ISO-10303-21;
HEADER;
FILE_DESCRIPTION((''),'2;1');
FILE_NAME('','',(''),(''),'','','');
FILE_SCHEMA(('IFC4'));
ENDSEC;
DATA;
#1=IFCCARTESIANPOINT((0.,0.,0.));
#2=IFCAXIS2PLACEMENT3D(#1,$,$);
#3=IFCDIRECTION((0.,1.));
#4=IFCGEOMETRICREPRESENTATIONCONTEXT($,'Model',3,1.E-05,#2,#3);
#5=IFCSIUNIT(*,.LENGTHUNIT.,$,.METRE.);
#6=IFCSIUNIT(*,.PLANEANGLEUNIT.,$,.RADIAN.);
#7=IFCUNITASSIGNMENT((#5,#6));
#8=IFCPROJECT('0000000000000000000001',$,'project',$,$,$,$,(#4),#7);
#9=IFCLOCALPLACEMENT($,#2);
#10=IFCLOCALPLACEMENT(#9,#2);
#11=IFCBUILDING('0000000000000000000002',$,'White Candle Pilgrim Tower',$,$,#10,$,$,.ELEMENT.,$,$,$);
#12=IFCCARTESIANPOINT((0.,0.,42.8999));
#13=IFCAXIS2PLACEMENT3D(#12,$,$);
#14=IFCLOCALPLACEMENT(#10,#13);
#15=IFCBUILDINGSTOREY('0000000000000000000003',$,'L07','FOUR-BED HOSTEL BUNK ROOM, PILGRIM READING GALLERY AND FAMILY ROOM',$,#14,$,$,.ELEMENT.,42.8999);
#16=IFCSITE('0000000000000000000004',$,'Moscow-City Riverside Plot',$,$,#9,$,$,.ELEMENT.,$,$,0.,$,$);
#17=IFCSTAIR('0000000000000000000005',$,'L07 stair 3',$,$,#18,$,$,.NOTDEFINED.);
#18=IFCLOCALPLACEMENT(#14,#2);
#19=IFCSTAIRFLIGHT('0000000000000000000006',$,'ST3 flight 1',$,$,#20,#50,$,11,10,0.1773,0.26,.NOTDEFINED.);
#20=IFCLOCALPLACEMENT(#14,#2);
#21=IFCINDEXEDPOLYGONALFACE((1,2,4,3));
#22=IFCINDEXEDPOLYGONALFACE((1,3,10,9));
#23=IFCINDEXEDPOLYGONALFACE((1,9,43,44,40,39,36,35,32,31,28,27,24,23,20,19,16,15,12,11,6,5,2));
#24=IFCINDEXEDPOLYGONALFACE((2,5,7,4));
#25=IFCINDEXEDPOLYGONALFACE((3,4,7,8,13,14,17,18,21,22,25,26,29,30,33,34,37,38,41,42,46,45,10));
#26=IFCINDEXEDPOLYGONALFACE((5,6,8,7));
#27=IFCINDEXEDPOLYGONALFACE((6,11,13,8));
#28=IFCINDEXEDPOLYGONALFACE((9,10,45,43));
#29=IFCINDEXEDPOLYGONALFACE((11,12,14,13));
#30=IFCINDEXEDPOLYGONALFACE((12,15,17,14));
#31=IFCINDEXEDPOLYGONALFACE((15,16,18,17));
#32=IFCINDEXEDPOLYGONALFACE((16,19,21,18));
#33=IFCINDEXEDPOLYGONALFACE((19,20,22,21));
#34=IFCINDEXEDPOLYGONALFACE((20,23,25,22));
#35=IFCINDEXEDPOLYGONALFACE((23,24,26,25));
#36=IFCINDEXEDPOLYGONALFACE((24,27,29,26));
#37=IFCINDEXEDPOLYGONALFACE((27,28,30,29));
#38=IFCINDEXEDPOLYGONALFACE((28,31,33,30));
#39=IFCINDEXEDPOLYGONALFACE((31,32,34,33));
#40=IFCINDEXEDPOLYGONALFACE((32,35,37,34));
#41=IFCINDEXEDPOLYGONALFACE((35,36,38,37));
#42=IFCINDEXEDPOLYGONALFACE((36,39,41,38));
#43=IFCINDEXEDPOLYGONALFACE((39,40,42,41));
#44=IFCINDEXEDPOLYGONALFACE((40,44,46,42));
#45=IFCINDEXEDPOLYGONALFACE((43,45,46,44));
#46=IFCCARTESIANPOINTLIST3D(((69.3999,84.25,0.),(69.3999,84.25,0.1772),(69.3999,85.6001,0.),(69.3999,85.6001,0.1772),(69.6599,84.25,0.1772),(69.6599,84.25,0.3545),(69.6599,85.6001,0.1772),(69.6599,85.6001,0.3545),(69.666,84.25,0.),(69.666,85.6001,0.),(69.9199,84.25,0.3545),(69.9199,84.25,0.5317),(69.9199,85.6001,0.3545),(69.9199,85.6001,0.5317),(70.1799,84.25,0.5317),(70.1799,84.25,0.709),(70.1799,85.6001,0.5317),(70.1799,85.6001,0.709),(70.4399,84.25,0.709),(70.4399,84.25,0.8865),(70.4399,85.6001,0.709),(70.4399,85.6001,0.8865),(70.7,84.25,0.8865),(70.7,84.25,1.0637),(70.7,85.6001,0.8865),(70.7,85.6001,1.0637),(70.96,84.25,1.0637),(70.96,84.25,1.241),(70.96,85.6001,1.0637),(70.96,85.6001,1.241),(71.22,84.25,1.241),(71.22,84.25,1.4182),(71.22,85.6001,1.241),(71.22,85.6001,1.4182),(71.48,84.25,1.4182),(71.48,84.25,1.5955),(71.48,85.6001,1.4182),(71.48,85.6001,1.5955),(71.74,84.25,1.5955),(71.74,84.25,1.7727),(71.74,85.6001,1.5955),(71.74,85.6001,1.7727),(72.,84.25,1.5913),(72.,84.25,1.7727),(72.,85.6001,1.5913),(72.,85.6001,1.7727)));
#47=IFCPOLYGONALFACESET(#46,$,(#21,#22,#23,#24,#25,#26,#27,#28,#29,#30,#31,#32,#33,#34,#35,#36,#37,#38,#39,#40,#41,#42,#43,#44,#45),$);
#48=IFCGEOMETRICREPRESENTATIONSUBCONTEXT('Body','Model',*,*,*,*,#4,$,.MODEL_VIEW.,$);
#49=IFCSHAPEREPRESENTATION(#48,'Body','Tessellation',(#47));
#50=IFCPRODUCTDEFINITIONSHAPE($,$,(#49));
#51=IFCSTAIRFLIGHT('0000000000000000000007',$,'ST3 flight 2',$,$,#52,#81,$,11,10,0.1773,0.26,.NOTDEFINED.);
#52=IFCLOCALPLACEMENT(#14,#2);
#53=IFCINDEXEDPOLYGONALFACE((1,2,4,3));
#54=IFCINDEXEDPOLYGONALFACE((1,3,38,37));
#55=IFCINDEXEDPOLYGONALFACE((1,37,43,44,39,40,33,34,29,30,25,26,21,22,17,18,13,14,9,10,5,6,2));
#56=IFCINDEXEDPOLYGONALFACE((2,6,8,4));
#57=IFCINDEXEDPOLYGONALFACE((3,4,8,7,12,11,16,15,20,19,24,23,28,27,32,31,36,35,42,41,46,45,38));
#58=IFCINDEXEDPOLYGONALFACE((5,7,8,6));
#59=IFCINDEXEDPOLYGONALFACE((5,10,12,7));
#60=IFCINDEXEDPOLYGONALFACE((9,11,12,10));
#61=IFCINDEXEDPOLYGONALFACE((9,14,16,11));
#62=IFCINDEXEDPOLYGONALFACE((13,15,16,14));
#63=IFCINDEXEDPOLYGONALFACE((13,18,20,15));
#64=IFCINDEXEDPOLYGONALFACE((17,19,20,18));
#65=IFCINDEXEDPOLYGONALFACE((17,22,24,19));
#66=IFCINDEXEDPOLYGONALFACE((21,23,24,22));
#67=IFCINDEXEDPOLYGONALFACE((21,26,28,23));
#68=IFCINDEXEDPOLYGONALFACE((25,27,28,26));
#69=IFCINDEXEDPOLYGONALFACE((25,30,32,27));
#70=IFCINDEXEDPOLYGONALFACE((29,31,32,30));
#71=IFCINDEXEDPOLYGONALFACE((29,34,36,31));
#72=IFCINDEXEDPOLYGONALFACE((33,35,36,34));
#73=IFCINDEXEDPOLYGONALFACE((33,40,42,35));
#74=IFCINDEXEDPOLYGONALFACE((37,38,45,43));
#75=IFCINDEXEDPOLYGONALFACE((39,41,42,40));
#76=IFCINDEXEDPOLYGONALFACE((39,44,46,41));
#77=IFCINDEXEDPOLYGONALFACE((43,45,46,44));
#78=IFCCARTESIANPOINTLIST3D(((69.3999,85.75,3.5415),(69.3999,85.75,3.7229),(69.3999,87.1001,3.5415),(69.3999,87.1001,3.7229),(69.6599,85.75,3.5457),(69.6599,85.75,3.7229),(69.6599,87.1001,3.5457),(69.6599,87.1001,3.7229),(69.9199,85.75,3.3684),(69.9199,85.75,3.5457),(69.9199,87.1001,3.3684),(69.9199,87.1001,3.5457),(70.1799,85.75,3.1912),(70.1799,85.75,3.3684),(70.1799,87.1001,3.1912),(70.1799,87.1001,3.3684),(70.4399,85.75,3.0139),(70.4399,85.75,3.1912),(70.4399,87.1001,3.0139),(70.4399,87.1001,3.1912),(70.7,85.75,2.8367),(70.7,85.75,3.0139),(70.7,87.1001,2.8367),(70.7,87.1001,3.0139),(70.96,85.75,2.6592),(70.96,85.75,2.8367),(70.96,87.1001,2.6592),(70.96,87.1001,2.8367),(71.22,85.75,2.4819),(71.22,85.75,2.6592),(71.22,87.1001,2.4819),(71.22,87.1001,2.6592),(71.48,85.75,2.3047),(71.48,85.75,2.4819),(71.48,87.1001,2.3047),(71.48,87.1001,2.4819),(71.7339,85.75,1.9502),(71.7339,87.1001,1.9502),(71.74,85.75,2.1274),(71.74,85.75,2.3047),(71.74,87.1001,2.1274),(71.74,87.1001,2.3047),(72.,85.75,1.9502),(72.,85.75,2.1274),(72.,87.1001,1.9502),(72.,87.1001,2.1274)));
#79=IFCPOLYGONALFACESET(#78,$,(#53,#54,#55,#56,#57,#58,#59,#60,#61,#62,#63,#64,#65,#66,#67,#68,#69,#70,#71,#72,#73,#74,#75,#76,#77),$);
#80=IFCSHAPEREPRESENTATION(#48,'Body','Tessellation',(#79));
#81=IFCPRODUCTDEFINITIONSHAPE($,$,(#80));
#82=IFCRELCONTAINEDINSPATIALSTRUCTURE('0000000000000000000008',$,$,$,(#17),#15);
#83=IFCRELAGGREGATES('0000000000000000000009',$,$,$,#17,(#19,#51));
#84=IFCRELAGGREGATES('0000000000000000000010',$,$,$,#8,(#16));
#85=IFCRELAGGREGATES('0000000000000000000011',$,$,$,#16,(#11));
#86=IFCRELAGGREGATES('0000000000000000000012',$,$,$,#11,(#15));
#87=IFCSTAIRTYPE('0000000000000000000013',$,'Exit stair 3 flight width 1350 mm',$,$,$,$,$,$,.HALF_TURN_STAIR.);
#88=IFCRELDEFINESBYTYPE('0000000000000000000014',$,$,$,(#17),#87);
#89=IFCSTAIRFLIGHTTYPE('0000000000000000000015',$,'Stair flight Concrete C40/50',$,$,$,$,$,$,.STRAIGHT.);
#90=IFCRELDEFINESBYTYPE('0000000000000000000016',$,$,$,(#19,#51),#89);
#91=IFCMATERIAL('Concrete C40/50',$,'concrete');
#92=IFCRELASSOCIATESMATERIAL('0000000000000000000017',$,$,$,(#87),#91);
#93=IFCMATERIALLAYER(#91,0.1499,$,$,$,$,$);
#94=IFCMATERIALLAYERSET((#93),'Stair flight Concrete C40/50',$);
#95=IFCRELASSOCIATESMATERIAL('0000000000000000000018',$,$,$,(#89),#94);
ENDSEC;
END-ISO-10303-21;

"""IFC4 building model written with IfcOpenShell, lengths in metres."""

from ifc_helpers import new_model, si_unit, direction, frame, origin, place, context, subcontext, project, spatial, polyline, outline, extrude, material, layer, layer_set, type_object, element, aggregate, save


model = new_model("IFC4")

# Units and contexts
model_context = context("Model", 3, precision=1e-05, world=origin(), true_north=direction((0.0, 1.0)))
body_context = subcontext(model_context, "Body", "Model", "MODEL_VIEW")
ifc_project = project(units=[si_unit("LENGTHUNIT", "METRE"), si_unit("PLANEANGLEUNIT", "RADIAN")], contexts=[model_context])

# Site, building, storey
site_placement = place(None, origin())
site = spatial("IfcSite", under=ifc_project, at=site_placement, Name="Moscow-City Riverside Plot", CompositionType="ELEMENT", RefElevation=0.0)
building_placement = place(site_placement, origin())
building = spatial("IfcBuilding", under=site, at=building_placement, Name="White Candle Pilgrim Tower", CompositionType="ELEMENT")
storey_placement = place(building_placement, frame((0.0, 0.0, 42.8999)))
storey = spatial("IfcBuildingStorey", under=building, at=storey_placement, Name="L07", Description="FOUR-BED HOSTEL BUNK ROOM, PILGRIM READING GALLERY AND FAMILY ROOM", CompositionType="ELEMENT", Elevation=42.8999)

# Stair, stair flights
ifc_material_1 = material(Name="Concrete C40/50", Category="concrete")
stair_type = type_object("IfcStairType", Name="Exit stair 3 flight width 1350 mm", PredefinedType="HALF_TURN_STAIR", material=ifc_material_1)
stair_placement = place(storey_placement, origin())
stair = element("IfcStair", 1, at=stair_placement, inside=storey, type_object=stair_type, Name="L07 stair 3", PredefinedType="NOTDEFINED")
ifc_layer_1 = layer(ifc_material_1, 0.1499)
ifc_layer_set_1 = layer_set([ifc_layer_1], Name="Stair flight Concrete C40/50")
stair_flight_type = type_object("IfcStairFlightType", Name="Stair flight Concrete C40/50", PredefinedType="STRAIGHT", material=ifc_layer_set_1)
stair_flight_1_placement = place(storey_placement, frame((69.3999, 84.925, 0.0), z_axis=(0.0, 0.0, 1.0), x_axis=(1.0, 0.0, 0.0)))
stair_flight_1 = element("IfcStairFlight", 2, at=stair_flight_1_placement, type_object=stair_flight_type, Name="ST3 flight 1", NumberOfRisers=11, NumberOfTreads=10, PredefinedType="NOTDEFINED", RiserHeight=0.1773, TreadLength=0.26, context=body_context, shape_type="SweptSolid", body=[
    extrude(outline(polyline([(0.0, 0.0), (0.0, 0.1772), (0.26, 0.1772), (0.26, 0.3545), (0.52, 0.3545), (0.52, 0.5317), (0.78, 0.5317), (0.78, 0.709), (1.04, 0.709), (1.04, 0.8865), (1.3, 0.8865), (1.3, 1.0637), (1.5601, 1.0637), (1.5601, 1.241), (1.8201, 1.241), (1.8201, 1.4182), (2.0801, 1.4182), (2.0801, 1.5955), (2.3401, 1.5955), (2.3401, 1.7727), (2.6001, 1.7727), (2.6001, 1.95), (2.6001, 1.5913), (0.2661, 0.0), (0.0, 0.0)])), frame((0.0, 0.675, 0.0), z_axis=(0.0, -1.0, 0.0), x_axis=(1.0, 0.0, 0.0)), (0.0, 0.0, 1.0), 1.3501),
])
stair_flight_2_placement = place(storey_placement, frame((72.0, 86.425, 1.9502), z_axis=(0.0, 0.0, 1.0), x_axis=(-1.0, 0.0, 0.0)))
stair_flight_2 = element("IfcStairFlight", 3, at=stair_flight_2_placement, type_object=stair_flight_type, Name="ST3 flight 2", NumberOfRisers=11, NumberOfTreads=10, PredefinedType="NOTDEFINED", RiserHeight=0.1773, TreadLength=0.26, context=body_context, shape_type="SweptSolid", body=[
    extrude(outline(polyline([(0.0, 0.0), (0.0, 0.1772), (0.26, 0.1772), (0.26, 0.3545), (0.52, 0.3545), (0.52, 0.5317), (0.78, 0.5317), (0.78, 0.709), (1.04, 0.709), (1.04, 0.8865), (1.3, 0.8865), (1.3, 1.0637), (1.5601, 1.0637), (1.5601, 1.241), (1.8201, 1.241), (1.8201, 1.4182), (2.0801, 1.4182), (2.0801, 1.5955), (2.3401, 1.5955), (2.3401, 1.7727), (2.6001, 1.7727), (2.6001, 1.95), (2.6001, 1.5913), (0.2661, 0.0), (0.0, 0.0)])), frame((0.0, 0.675, 0.0), z_axis=(0.0, -1.0, 0.0), x_axis=(1.0, 0.0, 0.0)), (0.0, 0.0, 1.0), 1.3501),
])
aggregate(stair, [stair_flight_1, stair_flight_2])

save(model, "model.ifc")
